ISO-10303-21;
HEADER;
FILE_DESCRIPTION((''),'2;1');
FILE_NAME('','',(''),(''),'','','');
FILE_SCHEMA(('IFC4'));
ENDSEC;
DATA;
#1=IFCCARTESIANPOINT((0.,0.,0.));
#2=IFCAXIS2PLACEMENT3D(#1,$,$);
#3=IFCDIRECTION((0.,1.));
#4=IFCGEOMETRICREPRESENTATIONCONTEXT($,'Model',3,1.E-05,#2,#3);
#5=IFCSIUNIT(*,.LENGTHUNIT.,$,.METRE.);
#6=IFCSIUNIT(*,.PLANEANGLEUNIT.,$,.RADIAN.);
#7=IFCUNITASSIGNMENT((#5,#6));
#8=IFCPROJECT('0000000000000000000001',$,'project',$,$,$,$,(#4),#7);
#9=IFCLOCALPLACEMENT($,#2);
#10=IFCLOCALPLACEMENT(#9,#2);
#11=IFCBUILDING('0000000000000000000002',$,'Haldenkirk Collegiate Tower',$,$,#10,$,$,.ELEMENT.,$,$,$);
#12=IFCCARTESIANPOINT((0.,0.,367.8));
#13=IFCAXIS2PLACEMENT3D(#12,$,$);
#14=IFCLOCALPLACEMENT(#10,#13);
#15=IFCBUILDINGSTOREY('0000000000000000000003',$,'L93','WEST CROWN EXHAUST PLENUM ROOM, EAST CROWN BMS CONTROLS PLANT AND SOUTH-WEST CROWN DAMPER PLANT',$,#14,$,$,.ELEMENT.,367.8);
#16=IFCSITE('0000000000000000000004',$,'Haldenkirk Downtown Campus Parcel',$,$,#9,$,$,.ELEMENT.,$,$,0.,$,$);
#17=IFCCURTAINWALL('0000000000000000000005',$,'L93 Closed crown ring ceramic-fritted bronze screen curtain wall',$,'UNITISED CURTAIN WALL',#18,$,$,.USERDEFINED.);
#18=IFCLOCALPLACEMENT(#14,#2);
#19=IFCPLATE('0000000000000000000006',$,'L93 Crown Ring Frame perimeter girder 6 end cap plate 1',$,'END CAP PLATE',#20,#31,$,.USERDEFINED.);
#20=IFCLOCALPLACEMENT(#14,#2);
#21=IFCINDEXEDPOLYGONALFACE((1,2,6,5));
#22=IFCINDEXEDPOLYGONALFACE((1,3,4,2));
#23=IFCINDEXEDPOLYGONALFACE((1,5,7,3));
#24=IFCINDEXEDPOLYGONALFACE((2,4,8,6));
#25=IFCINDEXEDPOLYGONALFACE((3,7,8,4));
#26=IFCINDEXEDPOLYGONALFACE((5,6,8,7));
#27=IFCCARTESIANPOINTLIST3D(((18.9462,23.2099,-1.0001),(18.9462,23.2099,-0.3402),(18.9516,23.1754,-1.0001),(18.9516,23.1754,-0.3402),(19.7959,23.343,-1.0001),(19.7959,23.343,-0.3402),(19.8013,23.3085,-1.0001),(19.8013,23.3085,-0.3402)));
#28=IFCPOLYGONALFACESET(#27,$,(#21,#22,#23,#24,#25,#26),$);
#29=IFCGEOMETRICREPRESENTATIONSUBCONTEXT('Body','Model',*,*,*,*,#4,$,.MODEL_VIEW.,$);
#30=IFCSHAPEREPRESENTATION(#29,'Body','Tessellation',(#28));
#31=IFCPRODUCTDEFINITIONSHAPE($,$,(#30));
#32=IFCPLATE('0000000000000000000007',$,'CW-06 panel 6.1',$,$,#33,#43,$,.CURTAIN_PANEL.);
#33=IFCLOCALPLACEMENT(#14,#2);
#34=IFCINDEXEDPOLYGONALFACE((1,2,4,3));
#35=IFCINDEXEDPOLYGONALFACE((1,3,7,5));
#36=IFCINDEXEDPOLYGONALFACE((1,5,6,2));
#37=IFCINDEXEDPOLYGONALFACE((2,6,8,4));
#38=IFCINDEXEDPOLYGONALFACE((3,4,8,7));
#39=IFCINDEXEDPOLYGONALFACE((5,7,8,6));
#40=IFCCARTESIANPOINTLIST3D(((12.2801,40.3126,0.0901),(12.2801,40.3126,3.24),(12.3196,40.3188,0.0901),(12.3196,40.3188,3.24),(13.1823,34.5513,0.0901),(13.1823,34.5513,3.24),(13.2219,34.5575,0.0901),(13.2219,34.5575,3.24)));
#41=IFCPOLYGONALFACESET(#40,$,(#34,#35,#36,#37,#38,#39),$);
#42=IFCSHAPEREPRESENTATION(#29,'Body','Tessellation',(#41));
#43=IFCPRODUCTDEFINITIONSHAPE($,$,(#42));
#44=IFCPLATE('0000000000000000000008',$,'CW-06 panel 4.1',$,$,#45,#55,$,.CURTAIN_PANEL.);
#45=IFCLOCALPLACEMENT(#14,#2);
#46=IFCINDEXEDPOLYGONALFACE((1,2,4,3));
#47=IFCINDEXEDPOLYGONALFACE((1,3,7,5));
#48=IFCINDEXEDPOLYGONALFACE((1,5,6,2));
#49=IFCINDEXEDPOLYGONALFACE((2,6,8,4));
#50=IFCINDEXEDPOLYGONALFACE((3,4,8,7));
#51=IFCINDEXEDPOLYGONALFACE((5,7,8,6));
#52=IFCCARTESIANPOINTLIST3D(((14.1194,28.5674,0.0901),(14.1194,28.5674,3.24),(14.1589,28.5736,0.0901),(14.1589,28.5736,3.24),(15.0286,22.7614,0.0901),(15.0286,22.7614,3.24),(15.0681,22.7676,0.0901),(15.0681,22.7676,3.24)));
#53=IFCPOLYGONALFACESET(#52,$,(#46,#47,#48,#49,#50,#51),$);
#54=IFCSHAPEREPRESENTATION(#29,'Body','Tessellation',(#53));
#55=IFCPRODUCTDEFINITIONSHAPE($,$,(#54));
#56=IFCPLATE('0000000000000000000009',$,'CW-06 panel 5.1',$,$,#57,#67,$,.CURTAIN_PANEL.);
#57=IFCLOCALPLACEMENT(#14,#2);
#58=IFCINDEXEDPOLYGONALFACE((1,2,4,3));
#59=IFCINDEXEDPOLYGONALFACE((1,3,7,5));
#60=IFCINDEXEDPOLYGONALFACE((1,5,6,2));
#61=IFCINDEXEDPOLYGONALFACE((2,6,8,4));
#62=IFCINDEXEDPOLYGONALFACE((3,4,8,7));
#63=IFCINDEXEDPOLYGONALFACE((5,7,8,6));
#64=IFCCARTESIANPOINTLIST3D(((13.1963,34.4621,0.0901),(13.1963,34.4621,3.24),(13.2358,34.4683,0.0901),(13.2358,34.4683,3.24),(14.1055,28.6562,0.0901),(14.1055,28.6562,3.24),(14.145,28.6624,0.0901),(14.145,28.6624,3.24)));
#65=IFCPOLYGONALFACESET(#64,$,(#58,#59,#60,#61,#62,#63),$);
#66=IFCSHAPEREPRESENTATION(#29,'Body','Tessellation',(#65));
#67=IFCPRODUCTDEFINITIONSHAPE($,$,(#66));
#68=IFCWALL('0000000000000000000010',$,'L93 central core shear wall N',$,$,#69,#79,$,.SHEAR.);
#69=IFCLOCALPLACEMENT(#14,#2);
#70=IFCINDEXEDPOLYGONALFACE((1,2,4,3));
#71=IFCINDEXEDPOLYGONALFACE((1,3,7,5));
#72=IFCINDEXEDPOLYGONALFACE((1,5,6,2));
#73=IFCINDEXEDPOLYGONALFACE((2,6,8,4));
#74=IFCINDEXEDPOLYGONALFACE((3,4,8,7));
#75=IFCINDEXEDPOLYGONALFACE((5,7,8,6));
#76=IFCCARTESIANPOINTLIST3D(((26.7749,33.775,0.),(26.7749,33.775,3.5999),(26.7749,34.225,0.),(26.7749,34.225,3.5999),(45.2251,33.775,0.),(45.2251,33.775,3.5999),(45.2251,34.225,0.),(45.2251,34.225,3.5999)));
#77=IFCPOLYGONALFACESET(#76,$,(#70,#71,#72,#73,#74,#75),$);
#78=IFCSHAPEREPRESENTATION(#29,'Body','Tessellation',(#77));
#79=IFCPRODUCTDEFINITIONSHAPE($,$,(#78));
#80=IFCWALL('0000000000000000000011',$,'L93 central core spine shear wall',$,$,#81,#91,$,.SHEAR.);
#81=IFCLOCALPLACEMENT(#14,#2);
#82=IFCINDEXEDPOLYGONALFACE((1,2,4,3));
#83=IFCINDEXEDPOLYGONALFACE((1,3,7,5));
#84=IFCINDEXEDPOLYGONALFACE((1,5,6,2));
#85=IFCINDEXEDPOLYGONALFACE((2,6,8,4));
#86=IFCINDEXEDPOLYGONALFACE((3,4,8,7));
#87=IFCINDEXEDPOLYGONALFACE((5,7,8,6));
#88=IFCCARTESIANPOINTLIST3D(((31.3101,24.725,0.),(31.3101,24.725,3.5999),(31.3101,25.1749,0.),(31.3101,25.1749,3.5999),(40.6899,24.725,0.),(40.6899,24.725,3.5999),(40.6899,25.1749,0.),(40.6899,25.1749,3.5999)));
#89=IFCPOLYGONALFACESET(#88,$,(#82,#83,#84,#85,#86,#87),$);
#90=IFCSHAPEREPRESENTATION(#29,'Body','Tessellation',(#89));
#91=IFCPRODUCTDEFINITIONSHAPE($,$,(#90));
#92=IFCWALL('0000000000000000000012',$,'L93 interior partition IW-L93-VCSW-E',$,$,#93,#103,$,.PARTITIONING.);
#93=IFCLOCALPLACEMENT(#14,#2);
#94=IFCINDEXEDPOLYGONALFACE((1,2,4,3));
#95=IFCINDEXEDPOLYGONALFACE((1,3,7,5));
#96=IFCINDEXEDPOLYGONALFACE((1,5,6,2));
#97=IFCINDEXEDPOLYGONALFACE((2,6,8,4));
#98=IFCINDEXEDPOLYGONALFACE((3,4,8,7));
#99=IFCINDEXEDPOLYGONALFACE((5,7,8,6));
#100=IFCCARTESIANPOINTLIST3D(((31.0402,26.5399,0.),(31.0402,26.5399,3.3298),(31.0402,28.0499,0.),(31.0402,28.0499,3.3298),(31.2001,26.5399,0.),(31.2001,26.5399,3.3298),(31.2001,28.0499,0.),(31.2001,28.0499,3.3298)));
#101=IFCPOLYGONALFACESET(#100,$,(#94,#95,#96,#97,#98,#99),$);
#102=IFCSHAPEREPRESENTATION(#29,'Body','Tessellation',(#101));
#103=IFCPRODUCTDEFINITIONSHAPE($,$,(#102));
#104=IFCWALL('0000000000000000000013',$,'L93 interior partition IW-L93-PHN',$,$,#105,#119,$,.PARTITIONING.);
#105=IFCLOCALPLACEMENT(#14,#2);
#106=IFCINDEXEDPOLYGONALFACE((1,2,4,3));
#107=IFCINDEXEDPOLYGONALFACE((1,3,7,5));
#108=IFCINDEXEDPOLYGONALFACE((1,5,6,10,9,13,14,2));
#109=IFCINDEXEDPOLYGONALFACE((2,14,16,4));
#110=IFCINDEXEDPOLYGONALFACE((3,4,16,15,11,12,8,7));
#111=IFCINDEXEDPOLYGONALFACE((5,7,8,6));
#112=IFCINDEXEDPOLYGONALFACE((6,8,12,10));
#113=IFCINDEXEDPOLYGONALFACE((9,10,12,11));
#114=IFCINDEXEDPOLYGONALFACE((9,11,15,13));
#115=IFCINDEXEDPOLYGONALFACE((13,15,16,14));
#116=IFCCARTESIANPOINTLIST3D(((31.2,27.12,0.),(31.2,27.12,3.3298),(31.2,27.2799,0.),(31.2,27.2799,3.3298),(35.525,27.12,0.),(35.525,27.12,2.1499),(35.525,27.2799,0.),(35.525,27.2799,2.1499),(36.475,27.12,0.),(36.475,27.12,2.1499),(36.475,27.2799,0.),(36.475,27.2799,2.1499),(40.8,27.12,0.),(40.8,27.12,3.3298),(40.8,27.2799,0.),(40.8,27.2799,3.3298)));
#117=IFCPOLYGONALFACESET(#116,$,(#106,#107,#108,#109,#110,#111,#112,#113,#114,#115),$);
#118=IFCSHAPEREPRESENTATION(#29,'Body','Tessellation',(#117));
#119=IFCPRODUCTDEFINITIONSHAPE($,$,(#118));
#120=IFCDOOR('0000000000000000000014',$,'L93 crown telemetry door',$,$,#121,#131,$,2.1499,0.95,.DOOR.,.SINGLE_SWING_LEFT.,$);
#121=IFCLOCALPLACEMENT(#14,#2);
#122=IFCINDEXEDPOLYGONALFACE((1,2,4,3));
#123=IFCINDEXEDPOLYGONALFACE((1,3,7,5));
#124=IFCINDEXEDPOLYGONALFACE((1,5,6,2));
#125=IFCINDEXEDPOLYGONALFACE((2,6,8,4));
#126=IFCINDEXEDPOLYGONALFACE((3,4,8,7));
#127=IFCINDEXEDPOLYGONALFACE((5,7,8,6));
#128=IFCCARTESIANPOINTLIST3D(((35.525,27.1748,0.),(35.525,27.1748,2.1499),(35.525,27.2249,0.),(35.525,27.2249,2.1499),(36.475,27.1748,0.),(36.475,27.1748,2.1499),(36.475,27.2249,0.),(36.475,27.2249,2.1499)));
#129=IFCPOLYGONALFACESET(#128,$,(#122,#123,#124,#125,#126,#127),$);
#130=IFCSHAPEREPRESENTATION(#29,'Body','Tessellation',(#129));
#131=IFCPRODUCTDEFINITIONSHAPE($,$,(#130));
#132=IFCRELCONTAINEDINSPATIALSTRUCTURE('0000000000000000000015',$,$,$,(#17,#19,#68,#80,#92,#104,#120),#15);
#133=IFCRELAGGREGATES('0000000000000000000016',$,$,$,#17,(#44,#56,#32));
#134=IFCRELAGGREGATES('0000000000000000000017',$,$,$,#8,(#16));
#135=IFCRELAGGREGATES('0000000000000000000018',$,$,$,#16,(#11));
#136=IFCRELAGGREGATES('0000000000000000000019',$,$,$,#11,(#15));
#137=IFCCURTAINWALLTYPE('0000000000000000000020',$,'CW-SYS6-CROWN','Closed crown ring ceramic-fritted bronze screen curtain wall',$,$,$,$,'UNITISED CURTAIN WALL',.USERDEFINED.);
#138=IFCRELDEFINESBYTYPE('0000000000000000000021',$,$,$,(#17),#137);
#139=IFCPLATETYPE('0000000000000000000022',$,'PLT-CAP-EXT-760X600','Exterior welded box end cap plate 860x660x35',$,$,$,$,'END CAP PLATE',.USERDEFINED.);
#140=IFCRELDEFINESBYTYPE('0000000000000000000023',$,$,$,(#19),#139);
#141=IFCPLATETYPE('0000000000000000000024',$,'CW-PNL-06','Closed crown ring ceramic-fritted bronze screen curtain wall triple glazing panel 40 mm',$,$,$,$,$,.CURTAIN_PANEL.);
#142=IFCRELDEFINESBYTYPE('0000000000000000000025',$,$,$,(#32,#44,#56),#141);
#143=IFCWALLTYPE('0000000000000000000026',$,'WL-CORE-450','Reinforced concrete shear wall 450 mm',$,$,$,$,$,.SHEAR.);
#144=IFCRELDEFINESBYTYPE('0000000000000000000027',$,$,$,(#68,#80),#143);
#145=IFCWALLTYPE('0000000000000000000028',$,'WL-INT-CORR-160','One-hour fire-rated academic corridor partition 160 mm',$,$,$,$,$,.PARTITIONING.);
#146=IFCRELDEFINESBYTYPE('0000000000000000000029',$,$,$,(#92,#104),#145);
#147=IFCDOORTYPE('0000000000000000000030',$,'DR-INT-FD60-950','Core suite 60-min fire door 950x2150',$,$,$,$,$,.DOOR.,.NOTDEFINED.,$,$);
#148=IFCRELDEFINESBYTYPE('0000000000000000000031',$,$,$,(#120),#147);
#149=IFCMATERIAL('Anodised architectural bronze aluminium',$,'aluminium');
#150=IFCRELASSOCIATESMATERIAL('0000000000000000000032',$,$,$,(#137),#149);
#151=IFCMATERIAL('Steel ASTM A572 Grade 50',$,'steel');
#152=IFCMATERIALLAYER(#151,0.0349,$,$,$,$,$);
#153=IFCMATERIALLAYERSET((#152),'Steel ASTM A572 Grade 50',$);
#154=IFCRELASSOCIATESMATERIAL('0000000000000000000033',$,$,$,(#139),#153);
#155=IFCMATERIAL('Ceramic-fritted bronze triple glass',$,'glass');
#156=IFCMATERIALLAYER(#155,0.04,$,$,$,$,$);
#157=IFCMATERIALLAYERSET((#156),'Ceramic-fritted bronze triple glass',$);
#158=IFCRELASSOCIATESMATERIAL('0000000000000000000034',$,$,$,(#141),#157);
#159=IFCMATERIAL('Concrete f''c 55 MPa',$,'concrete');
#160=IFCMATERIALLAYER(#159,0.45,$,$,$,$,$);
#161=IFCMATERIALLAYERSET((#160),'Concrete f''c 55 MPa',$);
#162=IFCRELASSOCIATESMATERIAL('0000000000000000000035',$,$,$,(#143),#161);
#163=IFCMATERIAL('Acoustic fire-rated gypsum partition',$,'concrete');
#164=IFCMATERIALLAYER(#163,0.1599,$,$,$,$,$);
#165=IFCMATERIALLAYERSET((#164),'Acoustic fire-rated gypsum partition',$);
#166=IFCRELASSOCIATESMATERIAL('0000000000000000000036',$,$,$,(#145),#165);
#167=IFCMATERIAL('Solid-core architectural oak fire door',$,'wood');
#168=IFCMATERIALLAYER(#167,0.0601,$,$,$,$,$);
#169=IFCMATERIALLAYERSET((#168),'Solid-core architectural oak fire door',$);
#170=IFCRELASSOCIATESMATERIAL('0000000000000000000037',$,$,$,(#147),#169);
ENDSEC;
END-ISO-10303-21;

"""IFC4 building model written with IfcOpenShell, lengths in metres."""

from ifc_helpers import new_model, si_unit, direction, frame, frame_2d, origin, origin_2d, place, context, subcontext, project, spatial, rectangle, extrude, source, transform, mapped, material, layer, layer_set, type_object, element, fill, aggregate, save


model = new_model("IFC4")

# Units and contexts
model_context = context("Model", 3, precision=1e-05, world=origin(), true_north=direction((0.0, 1.0)))
body_context = subcontext(model_context, "Body", "Model", "MODEL_VIEW")
ifc_project = project(units=[si_unit("LENGTHUNIT", "METRE"), si_unit("PLANEANGLEUNIT", "RADIAN")], contexts=[model_context])

# Site, building, storey
site_placement = place(None, origin())
site = spatial("IfcSite", under=ifc_project, at=site_placement, Name="Haldenkirk Downtown Campus Parcel", CompositionType="ELEMENT", RefElevation=0.0)
building_placement = place(site_placement, origin())
building = spatial("IfcBuilding", under=site, at=building_placement, Name="Haldenkirk Collegiate Tower", CompositionType="ELEMENT")
storey_placement = place(building_placement, frame((0.0, 0.0, 367.8)))
storey = spatial("IfcBuildingStorey", under=building, at=storey_placement, Name="L93", Description="WEST CROWN EXHAUST PLENUM ROOM, EAST CROWN BMS CONTROLS PLANT AND SOUTH-WEST CROWN DAMPER PLANT", CompositionType="ELEMENT", Elevation=367.8)

# Shared definitions
ifc_material_1 = material(Name="Steel ASTM A572 Grade 50", Category="steel")

# Curtain wall
ifc_material_2 = material(Name="Anodised architectural bronze aluminium", Category="aluminium")
curtain_wall_type = type_object("IfcCurtainWallType", Name="CW-SYS6-CROWN", Description="Closed crown ring ceramic-fritted bronze screen curtain wall", ElementType="UNITISED CURTAIN WALL", PredefinedType="USERDEFINED", material=ifc_material_2)
curtain_wall_placement = place(storey_placement, origin())
curtain_wall = element("IfcCurtainWall", 1, at=curtain_wall_placement, inside=storey, type_object=curtain_wall_type, Name="L93 Closed crown ring ceramic-fritted bronze screen curtain wall", ObjectType="UNITISED CURTAIN WALL", PredefinedType="USERDEFINED")

# Plate
ifc_layer_1 = layer(ifc_material_1, 0.0349)
ifc_layer_set_1 = layer_set([ifc_layer_1], Name="Steel ASTM A572 Grade 50")
plate_type_1 = type_object("IfcPlateType", Name="PLT-CAP-EXT-760X600", Description="Exterior welded box end cap plate 860x660x35", ElementType="END CAP PLATE", PredefinedType="USERDEFINED", material=ifc_layer_set_1)
shared_shape_1 = source(origin(), body_context, "Body", "SweptSolid", [
    extrude(rectangle(XDim=0.8601, YDim=0.6599, at=origin_2d()), origin(), (0.0, 0.0, 1.0), 0.0349),
])
for number, where, z_axis, x_axis, name in (
    (2, (19.3765, 23.2419, -0.6702), (-0.154711, 0.98796, 0.0), (-0.98796, -0.154711, 0.0), "L93 Crown Ring Frame perimeter girder 6 end cap plate 1"),
):
    element("IfcPlate", number, at=place(storey_placement, frame(where, z_axis=z_axis, x_axis=x_axis)), inside=storey, type_object=plate_type_1, Name=name, ObjectType="END CAP PLATE", PredefinedType="USERDEFINED", context=body_context, shape_type="MappedRepresentation", body=[
        mapped(shared_shape_1, transform((0.0, 0.0, 0.0), x_axis=(1.0, 0.0, 0.0), y_axis=(0.0, 1.0, 0.0), z_axis=(0.0, 0.0, 1.0), scale=1.0)),
    ])

# Plates
ifc_material_3 = material(Name="Ceramic-fritted bronze triple glass", Category="glass")
ifc_layer_2 = layer(ifc_material_3, 0.04)
ifc_layer_set_2 = layer_set([ifc_layer_2], Name="Ceramic-fritted bronze triple glass")
plate_type_2 = type_object("IfcPlateType", Name="CW-PNL-06", Description="Closed crown ring ceramic-fritted bronze screen curtain wall triple glazing panel 40 mm", PredefinedType="CURTAIN_PANEL", material=ifc_layer_set_2)
shared_shape_2 = source(origin(), body_context, "Body", "SweptSolid", [
    extrude(rectangle(XDim=5.8315, YDim=0.04, at=origin_2d()), origin(), (0.0, 0.0, 1.0), 3.1499),
])
plate_1_placement = place(storey_placement, frame((12.751, 37.4351, 0.0901), z_axis=(0.0, 0.0, 1.0), x_axis=(-0.154713, 0.98796, 0.0)))
plate_1 = element("IfcPlate", 3, at=plate_1_placement, type_object=plate_type_2, Name="CW-06 panel 6.1", PredefinedType="CURTAIN_PANEL", context=body_context, shape_type="MappedRepresentation", body=[
    mapped(shared_shape_2, transform((0.0, 0.0, 0.0), x_axis=(1.0, 0.0, 0.0), y_axis=(0.0, 1.0, 0.0), z_axis=(0.0, 0.0, 1.0), scale=1.0)),
])
shared_shape_3 = source(origin(), body_context, "Body", "SweptSolid", [
    extrude(rectangle(XDim=5.8767, YDim=0.04, at=origin_2d()), origin(), (0.0, 0.0, 1.0), 3.1499),
])
plate_2_placement = place(storey_placement, frame((14.5938, 25.6675, 0.0901), z_axis=(0.0, 0.0, 1.0), x_axis=(-0.154713, 0.98796, 0.0)))
plate_2 = element("IfcPlate", 4, at=plate_2_placement, type_object=plate_type_2, Name="CW-06 panel 4.1", PredefinedType="CURTAIN_PANEL", context=body_context, shape_type="MappedRepresentation", body=[
    mapped(shared_shape_3, transform((0.0, 0.0, 0.0), x_axis=(1.0, 0.0, 0.0), y_axis=(0.0, 1.0, 0.0), z_axis=(0.0, 0.0, 1.0), scale=1.0)),
])
plate_3_placement = place(storey_placement, frame((13.6707, 31.5623, 0.0901), z_axis=(0.0, 0.0, 1.0), x_axis=(-0.154713, 0.98796, 0.0)))
plate_3 = element("IfcPlate", 5, at=plate_3_placement, type_object=plate_type_2, Name="CW-06 panel 5.1", PredefinedType="CURTAIN_PANEL", context=body_context, shape_type="MappedRepresentation", body=[
    mapped(shared_shape_3, transform((0.0, 0.0, 0.0), x_axis=(1.0, 0.0, 0.0), y_axis=(0.0, 1.0, 0.0), z_axis=(0.0, 0.0, 1.0), scale=1.0)),
])
aggregate(curtain_wall, [plate_2, plate_3, plate_1])

# Walls
ifc_material_4 = material(Name="Concrete f'c 55 MPa", Category="concrete")
ifc_layer_3 = layer(ifc_material_4, 0.45)
ifc_layer_set_3 = layer_set([ifc_layer_3], Name="Concrete f'c 55 MPa")
wall_type_1 = type_object("IfcWallType", Name="WL-CORE-450", Description="Reinforced concrete shear wall 450 mm", PredefinedType="SHEAR", material=ifc_layer_set_3)
wall_1_placement = place(storey_placement, frame((26.7749, 34.0, 0.0), z_axis=(0.0, 0.0, 1.0), x_axis=(1.0, 0.0, 0.0)))
element("IfcWall", 6, at=wall_1_placement, inside=storey, type_object=wall_type_1, Name="L93 central core shear wall N", PredefinedType="SHEAR", context=body_context, shape_type="SweptSolid", body=[
    extrude(rectangle(XDim=18.4502, YDim=0.45, at=frame_2d((9.2251, 0.0))), origin(), (0.0, 0.0, 1.0), 3.5999),
])
wall_2_placement = place(storey_placement, frame((31.3101, 24.95, 0.0), z_axis=(0.0, 0.0, 1.0), x_axis=(1.0, 0.0, 0.0)))
element("IfcWall", 7, at=wall_2_placement, inside=storey, type_object=wall_type_1, Name="L93 central core spine shear wall", PredefinedType="SHEAR", context=body_context, shape_type="SweptSolid", body=[
    extrude(rectangle(XDim=9.3799, YDim=0.45, at=frame_2d((4.6899, 0.0))), origin(), (0.0, 0.0, 1.0), 3.5999),
])

# Shared definitions
ifc_material_5 = material(Name="Acoustic fire-rated gypsum partition", Category="concrete")
ifc_layer_4 = layer(ifc_material_5, 0.1599)
ifc_layer_set_4 = layer_set([ifc_layer_4], Name="Acoustic fire-rated gypsum partition")
wall_type_2 = type_object("IfcWallType", Name="WL-INT-CORR-160", Description="One-hour fire-rated academic corridor partition 160 mm", PredefinedType="PARTITIONING", material=ifc_layer_set_4)
ifc_material_6 = material(Name="Solid-core architectural oak fire door", Category="wood")
ifc_layer_5 = layer(ifc_material_6, 0.0601)
ifc_layer_set_5 = layer_set([ifc_layer_5], Name="Solid-core architectural oak fire door")
door_type_1 = type_object("IfcDoorType", Name="DR-INT-FD60-950", Description="Core suite 60-min fire door 950x2150", OperationType="NOTDEFINED", PredefinedType="DOOR", material=ifc_layer_set_5)

# Wall
wall_3_placement = place(storey_placement, frame((31.1201, 26.54, 0.0), z_axis=(0.0, 0.0, 1.0), x_axis=(0.0, 1.0, 0.0)))
element("IfcWall", 8, at=wall_3_placement, inside=storey, type_object=wall_type_2, Name="L93 interior partition IW-L93-VCSW-E", PredefinedType="PARTITIONING", context=body_context, shape_type="SweptSolid", body=[
    extrude(rectangle(XDim=1.51, YDim=0.1599, at=frame_2d((0.7549, 0.0))), origin(), (0.0, 0.0, 1.0), 3.3298),
])

# Wall, opening, door
wall_4_placement = place(storey_placement, frame((31.2, 27.2, 0.0), z_axis=(0.0, 0.0, 1.0), x_axis=(1.0, 0.0, 0.0)))
wall_4 = element("IfcWall", 9, at=wall_4_placement, inside=storey, type_object=wall_type_2, Name="L93 interior partition IW-L93-PHN", PredefinedType="PARTITIONING", context=body_context, shape_type="SweptSolid", body=[
    extrude(rectangle(XDim=9.6001, YDim=0.1599, at=frame_2d((4.8, 0.0))), origin(), (0.0, 0.0, 1.0), 3.3298),
])
opening_1_placement = place(wall_4_placement, frame((4.325, 0.0, 0.0)))
opening_1 = element("IfcOpeningElement", 10, at=opening_1_placement, cuts=wall_4, PredefinedType="OPENING", context=body_context, shape_type="SweptSolid", body=[
    extrude(rectangle(XDim=0.95, YDim=2.1499, at=frame_2d((0.4751, 1.075))), frame((0.0, 0.0898, 0.0), z_axis=(0.0, -1.0, 0.0), x_axis=(1.0, 0.0, 0.0)), (0.0, 0.0, 1.0), 0.1799),
])
door_1_placement = place(opening_1_placement, origin())
door_1 = element("IfcDoor", 11, at=door_1_placement, inside=storey, type_object=door_type_1, Name="L93 crown telemetry door", OperationType="SINGLE_SWING_LEFT", OverallHeight=2.1499, OverallWidth=0.95, PredefinedType="DOOR", context=body_context, shape_type="SweptSolid", body=[
    extrude(rectangle(XDim=0.95, YDim=2.1499, at=frame_2d((0.4751, 1.075))), frame((0.0, 0.0249, 0.0), z_axis=(0.0, -1.0, 0.0), x_axis=(1.0, 0.0, 0.0)), (0.0, 0.0, 1.0), 0.05),
])
fill(opening_1, door_1)

save(model, "model.ifc")
